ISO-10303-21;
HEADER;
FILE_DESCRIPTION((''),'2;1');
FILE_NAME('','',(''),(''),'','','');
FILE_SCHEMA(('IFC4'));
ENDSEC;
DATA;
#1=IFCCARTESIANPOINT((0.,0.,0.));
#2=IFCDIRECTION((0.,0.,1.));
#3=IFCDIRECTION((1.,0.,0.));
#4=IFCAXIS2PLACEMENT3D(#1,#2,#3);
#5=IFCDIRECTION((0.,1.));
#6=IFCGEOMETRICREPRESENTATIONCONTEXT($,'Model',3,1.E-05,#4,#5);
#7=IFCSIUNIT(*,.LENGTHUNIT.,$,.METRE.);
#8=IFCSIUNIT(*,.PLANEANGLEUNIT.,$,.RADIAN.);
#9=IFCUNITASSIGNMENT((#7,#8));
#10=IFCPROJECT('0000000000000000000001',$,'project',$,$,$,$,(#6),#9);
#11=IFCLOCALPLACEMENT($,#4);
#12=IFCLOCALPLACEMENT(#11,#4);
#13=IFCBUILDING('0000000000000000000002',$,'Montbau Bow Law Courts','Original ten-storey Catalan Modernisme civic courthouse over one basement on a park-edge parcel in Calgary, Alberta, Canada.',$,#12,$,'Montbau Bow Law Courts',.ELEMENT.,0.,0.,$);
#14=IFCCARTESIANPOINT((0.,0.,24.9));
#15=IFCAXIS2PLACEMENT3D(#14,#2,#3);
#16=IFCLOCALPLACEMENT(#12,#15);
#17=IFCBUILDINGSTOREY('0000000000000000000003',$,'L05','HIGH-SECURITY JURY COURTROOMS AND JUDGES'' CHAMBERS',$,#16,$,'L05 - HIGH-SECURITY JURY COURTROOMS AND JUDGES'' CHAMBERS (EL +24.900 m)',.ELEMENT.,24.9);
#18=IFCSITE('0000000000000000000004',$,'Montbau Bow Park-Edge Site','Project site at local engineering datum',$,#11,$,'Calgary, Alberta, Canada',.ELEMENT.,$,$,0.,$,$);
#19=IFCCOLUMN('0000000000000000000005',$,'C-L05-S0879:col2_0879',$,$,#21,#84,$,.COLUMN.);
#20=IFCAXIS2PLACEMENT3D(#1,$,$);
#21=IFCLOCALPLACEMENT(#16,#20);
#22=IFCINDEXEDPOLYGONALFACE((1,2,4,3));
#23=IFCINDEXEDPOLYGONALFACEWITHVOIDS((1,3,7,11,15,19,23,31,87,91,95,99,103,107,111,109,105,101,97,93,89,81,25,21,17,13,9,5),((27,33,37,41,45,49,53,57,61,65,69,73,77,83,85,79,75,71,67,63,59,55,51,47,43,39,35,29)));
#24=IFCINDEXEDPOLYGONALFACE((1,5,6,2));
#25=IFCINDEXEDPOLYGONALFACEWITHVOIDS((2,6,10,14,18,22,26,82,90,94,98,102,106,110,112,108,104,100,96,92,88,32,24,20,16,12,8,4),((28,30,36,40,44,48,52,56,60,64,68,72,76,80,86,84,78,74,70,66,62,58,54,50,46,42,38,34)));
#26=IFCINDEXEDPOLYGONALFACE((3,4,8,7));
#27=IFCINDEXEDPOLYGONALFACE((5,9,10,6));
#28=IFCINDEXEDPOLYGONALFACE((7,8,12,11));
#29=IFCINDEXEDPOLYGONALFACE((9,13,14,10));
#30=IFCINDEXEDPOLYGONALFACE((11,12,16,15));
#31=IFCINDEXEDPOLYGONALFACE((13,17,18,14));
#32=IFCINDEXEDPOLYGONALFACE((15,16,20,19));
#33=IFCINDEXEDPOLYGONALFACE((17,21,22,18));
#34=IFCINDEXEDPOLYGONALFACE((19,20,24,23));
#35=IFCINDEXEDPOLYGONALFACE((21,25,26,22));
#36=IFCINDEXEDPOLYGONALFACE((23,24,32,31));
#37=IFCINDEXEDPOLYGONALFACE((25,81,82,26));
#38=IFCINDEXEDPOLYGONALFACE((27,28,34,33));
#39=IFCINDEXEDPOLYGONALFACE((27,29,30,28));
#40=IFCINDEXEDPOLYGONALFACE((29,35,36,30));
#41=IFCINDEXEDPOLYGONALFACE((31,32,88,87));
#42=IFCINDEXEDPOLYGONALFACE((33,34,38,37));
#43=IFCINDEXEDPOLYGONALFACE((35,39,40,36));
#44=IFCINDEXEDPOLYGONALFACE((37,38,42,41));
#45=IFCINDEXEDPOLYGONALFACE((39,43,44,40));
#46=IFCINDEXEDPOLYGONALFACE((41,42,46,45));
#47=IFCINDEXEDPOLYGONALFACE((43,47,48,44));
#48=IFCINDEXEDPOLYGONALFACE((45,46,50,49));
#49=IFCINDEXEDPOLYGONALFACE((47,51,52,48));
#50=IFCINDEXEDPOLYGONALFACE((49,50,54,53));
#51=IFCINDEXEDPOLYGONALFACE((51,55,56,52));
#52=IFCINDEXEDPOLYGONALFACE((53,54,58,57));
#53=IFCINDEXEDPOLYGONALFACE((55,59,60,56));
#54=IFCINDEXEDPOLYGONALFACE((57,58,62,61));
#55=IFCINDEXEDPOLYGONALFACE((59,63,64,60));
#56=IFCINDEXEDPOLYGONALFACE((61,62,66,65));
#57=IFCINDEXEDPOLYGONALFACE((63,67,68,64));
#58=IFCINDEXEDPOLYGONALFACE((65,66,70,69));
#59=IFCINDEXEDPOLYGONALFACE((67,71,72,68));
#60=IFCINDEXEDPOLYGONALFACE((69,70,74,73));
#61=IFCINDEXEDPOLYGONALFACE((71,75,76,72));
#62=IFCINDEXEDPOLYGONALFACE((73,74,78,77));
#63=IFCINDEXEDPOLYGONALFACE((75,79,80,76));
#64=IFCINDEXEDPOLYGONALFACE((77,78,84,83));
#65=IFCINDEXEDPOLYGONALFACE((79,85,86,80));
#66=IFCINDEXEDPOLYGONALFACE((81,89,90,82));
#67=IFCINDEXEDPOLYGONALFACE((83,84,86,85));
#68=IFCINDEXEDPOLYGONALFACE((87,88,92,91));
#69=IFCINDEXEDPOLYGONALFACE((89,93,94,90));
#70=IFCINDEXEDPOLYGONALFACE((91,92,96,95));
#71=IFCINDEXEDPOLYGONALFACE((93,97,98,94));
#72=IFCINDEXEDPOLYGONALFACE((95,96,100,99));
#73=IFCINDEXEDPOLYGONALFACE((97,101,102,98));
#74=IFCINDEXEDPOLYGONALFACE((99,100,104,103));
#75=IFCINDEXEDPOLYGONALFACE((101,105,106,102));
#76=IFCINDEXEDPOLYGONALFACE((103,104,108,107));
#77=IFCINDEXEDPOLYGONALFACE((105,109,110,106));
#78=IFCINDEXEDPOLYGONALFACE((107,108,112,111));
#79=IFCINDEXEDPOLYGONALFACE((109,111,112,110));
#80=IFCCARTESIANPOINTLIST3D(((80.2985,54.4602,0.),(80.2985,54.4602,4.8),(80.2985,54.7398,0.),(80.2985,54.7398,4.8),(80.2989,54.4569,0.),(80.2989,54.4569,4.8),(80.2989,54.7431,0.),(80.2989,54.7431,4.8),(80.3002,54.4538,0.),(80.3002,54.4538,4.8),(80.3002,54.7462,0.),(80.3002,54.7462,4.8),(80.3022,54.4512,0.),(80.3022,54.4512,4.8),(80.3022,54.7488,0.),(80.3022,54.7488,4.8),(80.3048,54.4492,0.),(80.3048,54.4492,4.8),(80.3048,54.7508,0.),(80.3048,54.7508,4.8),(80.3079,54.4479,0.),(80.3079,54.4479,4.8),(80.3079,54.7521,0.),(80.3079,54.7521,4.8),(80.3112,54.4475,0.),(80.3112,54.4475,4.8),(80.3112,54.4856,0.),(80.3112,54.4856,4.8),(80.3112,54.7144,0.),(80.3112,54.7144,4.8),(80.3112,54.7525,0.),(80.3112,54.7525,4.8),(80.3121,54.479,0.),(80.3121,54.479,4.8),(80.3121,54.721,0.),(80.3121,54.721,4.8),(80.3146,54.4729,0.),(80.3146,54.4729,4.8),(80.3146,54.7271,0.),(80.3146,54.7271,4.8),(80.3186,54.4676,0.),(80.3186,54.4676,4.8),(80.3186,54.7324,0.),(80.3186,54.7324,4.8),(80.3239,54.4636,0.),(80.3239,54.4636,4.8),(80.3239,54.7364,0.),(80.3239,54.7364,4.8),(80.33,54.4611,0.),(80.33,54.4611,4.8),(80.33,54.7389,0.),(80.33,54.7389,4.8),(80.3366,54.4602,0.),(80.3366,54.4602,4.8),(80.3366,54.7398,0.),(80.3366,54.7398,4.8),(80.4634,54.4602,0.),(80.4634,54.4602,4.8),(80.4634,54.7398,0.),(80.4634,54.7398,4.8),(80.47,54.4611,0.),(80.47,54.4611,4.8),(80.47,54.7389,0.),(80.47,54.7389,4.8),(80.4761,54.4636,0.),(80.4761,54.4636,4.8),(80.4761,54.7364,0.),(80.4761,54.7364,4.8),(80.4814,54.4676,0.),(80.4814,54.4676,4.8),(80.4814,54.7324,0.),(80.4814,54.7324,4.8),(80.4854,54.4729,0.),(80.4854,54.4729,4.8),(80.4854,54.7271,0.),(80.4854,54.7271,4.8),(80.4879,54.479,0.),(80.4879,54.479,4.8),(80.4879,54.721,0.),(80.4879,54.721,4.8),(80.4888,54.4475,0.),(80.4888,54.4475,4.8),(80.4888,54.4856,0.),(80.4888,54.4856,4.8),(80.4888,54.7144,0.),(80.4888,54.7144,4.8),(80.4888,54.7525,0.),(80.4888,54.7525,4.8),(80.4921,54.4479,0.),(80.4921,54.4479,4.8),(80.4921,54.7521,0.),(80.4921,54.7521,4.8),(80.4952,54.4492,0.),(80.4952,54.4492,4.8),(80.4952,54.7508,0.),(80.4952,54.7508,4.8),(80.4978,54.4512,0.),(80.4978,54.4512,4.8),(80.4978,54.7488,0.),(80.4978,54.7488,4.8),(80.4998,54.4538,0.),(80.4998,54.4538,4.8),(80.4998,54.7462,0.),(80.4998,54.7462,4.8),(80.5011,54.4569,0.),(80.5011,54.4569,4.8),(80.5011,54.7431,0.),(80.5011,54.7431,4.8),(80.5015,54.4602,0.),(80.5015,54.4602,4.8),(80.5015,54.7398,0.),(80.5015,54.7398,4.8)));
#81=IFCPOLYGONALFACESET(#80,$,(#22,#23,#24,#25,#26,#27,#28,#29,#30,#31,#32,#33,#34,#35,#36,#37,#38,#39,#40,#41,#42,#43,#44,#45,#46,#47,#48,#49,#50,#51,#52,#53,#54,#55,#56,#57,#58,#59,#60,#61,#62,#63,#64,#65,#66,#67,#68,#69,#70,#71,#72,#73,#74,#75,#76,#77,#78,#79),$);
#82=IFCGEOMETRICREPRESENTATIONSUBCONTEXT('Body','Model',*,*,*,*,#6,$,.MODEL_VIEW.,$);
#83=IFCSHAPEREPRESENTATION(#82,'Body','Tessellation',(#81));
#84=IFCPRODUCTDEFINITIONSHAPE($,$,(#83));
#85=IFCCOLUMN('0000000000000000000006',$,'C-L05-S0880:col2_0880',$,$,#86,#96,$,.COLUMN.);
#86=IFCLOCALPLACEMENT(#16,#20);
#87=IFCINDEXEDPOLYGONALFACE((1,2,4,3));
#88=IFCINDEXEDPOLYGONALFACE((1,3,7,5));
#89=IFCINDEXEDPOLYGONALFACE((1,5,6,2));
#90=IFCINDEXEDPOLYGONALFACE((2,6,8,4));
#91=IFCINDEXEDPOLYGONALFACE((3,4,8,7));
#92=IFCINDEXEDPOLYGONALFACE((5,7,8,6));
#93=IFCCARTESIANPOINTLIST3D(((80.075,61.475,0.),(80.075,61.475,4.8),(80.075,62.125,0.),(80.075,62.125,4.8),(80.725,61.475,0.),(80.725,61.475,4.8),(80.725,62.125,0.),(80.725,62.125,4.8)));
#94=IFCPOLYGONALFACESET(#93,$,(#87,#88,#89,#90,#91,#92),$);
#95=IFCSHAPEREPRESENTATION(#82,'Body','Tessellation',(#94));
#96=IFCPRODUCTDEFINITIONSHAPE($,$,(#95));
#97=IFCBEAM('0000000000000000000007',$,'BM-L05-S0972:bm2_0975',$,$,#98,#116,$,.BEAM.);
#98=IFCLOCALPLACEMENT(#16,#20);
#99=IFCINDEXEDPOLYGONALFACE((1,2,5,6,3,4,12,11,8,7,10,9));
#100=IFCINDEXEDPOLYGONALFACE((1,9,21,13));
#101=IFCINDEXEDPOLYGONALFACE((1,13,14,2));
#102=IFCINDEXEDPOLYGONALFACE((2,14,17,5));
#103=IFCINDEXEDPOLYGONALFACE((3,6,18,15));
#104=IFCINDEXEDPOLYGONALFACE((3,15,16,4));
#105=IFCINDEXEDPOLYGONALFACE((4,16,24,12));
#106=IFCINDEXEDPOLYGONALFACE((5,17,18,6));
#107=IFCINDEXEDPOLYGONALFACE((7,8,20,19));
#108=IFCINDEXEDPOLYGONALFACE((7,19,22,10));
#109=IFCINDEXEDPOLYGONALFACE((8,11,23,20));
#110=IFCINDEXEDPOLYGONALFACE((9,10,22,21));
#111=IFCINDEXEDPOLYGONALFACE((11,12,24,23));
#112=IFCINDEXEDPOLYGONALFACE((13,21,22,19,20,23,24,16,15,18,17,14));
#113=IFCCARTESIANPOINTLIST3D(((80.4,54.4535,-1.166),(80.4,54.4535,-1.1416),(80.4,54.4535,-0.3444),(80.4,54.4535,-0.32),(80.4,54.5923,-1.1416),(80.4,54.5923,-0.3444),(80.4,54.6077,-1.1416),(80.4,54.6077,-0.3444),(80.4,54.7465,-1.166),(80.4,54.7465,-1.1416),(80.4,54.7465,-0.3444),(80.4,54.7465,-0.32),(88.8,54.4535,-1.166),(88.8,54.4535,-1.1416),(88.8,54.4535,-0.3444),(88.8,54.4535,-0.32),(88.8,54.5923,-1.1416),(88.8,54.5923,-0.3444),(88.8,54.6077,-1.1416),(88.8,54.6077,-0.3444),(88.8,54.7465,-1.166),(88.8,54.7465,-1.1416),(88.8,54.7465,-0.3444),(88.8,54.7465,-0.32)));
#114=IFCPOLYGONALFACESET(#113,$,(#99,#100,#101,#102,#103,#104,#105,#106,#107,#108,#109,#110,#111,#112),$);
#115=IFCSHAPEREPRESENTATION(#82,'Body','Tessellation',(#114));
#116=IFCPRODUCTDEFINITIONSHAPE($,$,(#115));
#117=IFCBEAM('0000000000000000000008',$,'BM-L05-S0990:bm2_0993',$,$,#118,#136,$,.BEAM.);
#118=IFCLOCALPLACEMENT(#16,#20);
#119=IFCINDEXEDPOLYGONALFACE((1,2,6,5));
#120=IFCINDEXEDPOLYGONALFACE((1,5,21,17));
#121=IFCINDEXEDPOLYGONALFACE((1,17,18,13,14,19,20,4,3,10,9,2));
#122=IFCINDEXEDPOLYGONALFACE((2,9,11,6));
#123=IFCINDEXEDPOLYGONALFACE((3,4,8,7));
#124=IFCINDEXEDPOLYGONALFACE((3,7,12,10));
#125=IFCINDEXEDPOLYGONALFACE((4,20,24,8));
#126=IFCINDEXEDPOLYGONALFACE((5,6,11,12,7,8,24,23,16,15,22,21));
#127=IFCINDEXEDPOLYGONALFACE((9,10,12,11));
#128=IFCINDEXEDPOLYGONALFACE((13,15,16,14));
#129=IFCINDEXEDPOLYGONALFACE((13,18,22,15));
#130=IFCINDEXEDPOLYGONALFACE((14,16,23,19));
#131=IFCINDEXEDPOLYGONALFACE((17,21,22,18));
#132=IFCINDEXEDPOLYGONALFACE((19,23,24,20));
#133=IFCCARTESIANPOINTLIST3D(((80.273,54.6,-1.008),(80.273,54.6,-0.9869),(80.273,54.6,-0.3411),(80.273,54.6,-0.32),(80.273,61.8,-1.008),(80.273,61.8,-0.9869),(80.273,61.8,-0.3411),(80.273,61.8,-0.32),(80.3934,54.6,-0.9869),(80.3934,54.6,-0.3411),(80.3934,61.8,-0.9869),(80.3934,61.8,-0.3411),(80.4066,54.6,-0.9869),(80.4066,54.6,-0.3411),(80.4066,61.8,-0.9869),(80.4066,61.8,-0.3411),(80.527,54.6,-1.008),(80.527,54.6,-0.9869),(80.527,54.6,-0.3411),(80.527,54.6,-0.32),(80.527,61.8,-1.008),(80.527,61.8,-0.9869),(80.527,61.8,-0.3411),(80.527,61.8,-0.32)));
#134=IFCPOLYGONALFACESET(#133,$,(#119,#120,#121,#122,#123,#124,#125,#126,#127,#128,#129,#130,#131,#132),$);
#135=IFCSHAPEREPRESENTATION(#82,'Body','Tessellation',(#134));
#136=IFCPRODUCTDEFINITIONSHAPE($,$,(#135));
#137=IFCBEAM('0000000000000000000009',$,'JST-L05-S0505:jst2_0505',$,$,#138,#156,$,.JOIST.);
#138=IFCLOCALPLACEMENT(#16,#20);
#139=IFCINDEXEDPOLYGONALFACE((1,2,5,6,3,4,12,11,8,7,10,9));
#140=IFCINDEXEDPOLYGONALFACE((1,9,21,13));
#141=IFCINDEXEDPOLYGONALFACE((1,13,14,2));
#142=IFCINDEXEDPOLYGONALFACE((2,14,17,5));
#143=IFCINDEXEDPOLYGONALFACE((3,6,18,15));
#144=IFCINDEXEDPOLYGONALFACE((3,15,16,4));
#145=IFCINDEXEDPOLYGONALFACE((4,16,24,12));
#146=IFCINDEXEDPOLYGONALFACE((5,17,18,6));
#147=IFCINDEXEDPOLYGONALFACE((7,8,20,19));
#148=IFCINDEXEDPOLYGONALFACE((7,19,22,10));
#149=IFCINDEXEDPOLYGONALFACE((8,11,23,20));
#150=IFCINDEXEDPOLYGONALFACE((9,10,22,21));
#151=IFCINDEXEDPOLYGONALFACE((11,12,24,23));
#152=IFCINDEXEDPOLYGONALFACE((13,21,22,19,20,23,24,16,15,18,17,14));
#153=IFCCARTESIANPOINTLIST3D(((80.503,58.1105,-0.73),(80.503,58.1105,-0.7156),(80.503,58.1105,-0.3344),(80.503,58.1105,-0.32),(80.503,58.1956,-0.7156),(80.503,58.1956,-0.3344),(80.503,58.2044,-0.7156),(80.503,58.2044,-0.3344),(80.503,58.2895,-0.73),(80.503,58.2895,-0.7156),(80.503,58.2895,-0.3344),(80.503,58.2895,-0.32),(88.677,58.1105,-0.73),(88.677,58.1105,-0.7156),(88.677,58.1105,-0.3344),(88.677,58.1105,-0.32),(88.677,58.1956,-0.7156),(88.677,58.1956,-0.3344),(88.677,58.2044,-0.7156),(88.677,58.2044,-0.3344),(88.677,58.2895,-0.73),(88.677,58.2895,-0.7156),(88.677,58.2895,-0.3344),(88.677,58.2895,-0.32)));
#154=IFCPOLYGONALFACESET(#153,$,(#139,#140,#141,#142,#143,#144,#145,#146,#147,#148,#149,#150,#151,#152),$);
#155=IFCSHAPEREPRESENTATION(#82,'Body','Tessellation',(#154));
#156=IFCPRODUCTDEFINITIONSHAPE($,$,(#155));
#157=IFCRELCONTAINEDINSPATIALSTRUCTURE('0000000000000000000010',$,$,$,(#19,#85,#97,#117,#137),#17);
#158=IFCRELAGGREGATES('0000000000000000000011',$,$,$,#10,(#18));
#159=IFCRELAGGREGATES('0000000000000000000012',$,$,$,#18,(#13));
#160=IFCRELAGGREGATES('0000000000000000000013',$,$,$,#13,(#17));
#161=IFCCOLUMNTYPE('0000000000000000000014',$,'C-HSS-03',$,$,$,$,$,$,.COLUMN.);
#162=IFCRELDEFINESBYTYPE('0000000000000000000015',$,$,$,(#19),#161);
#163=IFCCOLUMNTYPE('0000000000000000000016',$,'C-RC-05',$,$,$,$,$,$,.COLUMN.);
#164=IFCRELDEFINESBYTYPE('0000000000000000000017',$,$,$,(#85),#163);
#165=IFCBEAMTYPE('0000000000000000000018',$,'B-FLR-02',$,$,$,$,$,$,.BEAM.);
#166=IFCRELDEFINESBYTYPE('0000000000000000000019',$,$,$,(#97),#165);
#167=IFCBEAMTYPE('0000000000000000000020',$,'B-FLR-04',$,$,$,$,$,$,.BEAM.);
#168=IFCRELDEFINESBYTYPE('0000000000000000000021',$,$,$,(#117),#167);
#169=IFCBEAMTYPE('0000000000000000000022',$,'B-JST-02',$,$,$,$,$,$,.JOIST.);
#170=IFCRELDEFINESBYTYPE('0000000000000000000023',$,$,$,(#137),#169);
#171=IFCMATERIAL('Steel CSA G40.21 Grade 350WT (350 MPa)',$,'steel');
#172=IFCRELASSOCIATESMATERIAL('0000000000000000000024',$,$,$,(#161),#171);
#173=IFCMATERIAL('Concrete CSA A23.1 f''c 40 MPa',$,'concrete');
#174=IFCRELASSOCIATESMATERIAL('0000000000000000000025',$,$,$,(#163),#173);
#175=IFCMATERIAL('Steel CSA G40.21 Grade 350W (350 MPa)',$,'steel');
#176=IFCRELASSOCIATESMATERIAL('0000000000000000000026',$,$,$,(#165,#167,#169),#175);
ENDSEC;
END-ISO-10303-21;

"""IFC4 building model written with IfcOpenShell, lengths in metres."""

from ifc_helpers import new_model, si_unit, direction, frame, origin_with_axes, origin_2d_with_axis, place, context, subcontext, project, spatial, rectangle, hollow_rectangle, i_section, extrude, material, material_profile, profile_set, type_object, element, save


model = new_model("IFC4")

# Units and contexts
model_context = context("Model", 3, precision=1e-05, world=origin_with_axes(), true_north=direction((0.0, 1.0)))
body_context = subcontext(model_context, "Body", "Model", "MODEL_VIEW")
ifc_project = project(units=[si_unit("LENGTHUNIT", "METRE"), si_unit("PLANEANGLEUNIT", "RADIAN")], contexts=[model_context])

# Site, building, storey
site_placement = place(None, origin_with_axes())
site = spatial("IfcSite", under=ifc_project, at=site_placement, Name="Montbau Bow Park-Edge Site", Description="Project site at local engineering datum", LongName="Calgary, Alberta, Canada", CompositionType="ELEMENT", RefElevation=0.0)
building_placement = place(site_placement, origin_with_axes())
building = spatial("IfcBuilding", under=site, at=building_placement, Name="Montbau Bow Law Courts", Description="Original ten-storey Catalan Modernisme civic courthouse over one basement on a park-edge parcel in Calgary, Alberta, Canada.", LongName="Montbau Bow Law Courts", CompositionType="ELEMENT", ElevationOfRefHeight=0.0, ElevationOfTerrain=0.0)
storey_placement = place(building_placement, frame((0.0, 0.0, 24.9), z_axis=(0.0, 0.0, 1.0), x_axis=(1.0, 0.0, 0.0)))
storey = spatial("IfcBuildingStorey", under=building, at=storey_placement, Name="L05", Description="HIGH-SECURITY JURY COURTROOMS AND JUDGES' CHAMBERS", LongName="L05 - HIGH-SECURITY JURY COURTROOMS AND JUDGES' CHAMBERS (EL +24.900 m)", CompositionType="ELEMENT", Elevation=24.9)

# Columns
ifc_material_1 = material(Name="Steel CSA G40.21 Grade 350WT (350 MPa)", Category="steel")
ifc_material_profile_1 = material_profile(ifc_material_1, hollow_rectangle(XDim=0.203, YDim=0.305, WallThickness=0.0127, InnerFilletRadius=0.0254, OuterFilletRadius=0.0127, at=origin_2d_with_axis()), Name="HSS305X203X13", Category="Main", Priority=0)
ifc_profile_set_1 = profile_set([ifc_material_profile_1], Name="Steel CSA G40.21 Grade 350WT (350 MPa)")
column_type_1 = type_object("IfcColumnType", Name="C-HSS-03", PredefinedType="COLUMN", material=ifc_profile_set_1)
column_1_placement = place(None, frame((80.4, 54.6, 24.9), z_axis=(0.0, 0.0, 1.0), x_axis=(1.0, 0.0, 0.0)))
element("IfcColumn", 1, at=column_1_placement, inside=storey, type_object=column_type_1, Name="C-L05-S0879:col2_0879", PredefinedType="COLUMN", context=body_context, shape_type="SweptSolid", body=[
    extrude(hollow_rectangle(XDim=0.203, YDim=0.305, WallThickness=0.0127, InnerFilletRadius=0.0254, OuterFilletRadius=0.0127, at=origin_2d_with_axis()), origin_with_axes(), (0.0, 0.0, 1.0), 4.8),
])
ifc_material_2 = material(Name="Concrete CSA A23.1 f'c 40 MPa", Category="concrete")
ifc_material_profile_2 = material_profile(ifc_material_2, rectangle(XDim=0.65, YDim=0.65, at=origin_2d_with_axis()), Name="RC650X650", Category="Main", Priority=0)
ifc_profile_set_2 = profile_set([ifc_material_profile_2], Name="Concrete CSA A23.1 f'c 40 MPa")
column_type_2 = type_object("IfcColumnType", Name="C-RC-05", PredefinedType="COLUMN", material=ifc_profile_set_2)
column_2_placement = place(None, frame((80.4, 61.8, 24.9), z_axis=(0.0, 0.0, 1.0), x_axis=(1.0, 0.0, 0.0)))
element("IfcColumn", 2, at=column_2_placement, inside=storey, type_object=column_type_2, Name="C-L05-S0880:col2_0880", PredefinedType="COLUMN", context=body_context, shape_type="SweptSolid", body=[
    extrude(rectangle(XDim=0.65, YDim=0.65, at=origin_2d_with_axis()), origin_with_axes(), (0.0, 0.0, 1.0), 4.8),
])

# Beams
ifc_material_3 = material(Name="Steel CSA G40.21 Grade 350W (350 MPa)", Category="steel")
ifc_material_profile_3 = material_profile(ifc_material_3, i_section(OverallWidth=0.293, OverallDepth=0.846, WebThickness=0.0154, FlangeThickness=0.0244, at=origin_2d_with_axis()), Name="W840X210", Category="Main", Priority=0)
ifc_profile_set_3 = profile_set([ifc_material_profile_3], Name="Steel CSA G40.21 Grade 350W (350 MPa)")
beam_type_1 = type_object("IfcBeamType", Name="B-FLR-02", PredefinedType="BEAM", material=ifc_profile_set_3)
beam_1_placement = place(None, frame((80.4, 54.6, 24.157), z_axis=(1.0, 0.0, 0.0), x_axis=(0.0, 1.0, 0.0)))
element("IfcBeam", 3, at=beam_1_placement, inside=storey, type_object=beam_type_1, Name="BM-L05-S0972:bm2_0975", PredefinedType="BEAM", context=body_context, shape_type="SweptSolid", body=[
    extrude(i_section(OverallWidth=0.293, OverallDepth=0.846, WebThickness=0.0154, FlangeThickness=0.0244, at=origin_2d_with_axis()), origin_with_axes(), (0.0, 0.0, 1.0), 8.4),
])
ifc_material_profile_4 = material_profile(ifc_material_3, i_section(OverallWidth=0.254, OverallDepth=0.688, WebThickness=0.0131, FlangeThickness=0.0211, at=origin_2d_with_axis()), Name="W690X152", Category="Main", Priority=0)
ifc_profile_set_4 = profile_set([ifc_material_profile_4], Name="Steel CSA G40.21 Grade 350W (350 MPa)")
beam_type_2 = type_object("IfcBeamType", Name="B-FLR-04", PredefinedType="BEAM", material=ifc_profile_set_4)
beam_2_placement = place(None, frame((80.4, 54.6, 24.236), z_axis=(0.0, 1.0, 0.0), x_axis=(-1.0, 0.0, 0.0)))
element("IfcBeam", 4, at=beam_2_placement, inside=storey, type_object=beam_type_2, Name="BM-L05-S0990:bm2_0993", PredefinedType="BEAM", context=body_context, shape_type="SweptSolid", body=[
    extrude(i_section(OverallWidth=0.254, OverallDepth=0.688, WebThickness=0.0131, FlangeThickness=0.0211, at=origin_2d_with_axis()), origin_with_axes(), (0.0, 0.0, 1.0), 7.2),
])
ifc_material_profile_5 = material_profile(ifc_material_3, i_section(OverallWidth=0.179, OverallDepth=0.41, WebThickness=0.0088, FlangeThickness=0.0144, at=origin_2d_with_axis()), Name="W410X67", Category="Main", Priority=0)
ifc_profile_set_5 = profile_set([ifc_material_profile_5], Name="Steel CSA G40.21 Grade 350W (350 MPa)")
beam_type_3 = type_object("IfcBeamType", Name="B-JST-02", PredefinedType="JOIST", material=ifc_profile_set_5)
beam_3_placement = place(None, frame((80.503, 58.2, 24.375), z_axis=(1.0, 0.0, 0.0), x_axis=(0.0, 1.0, 0.0)))
element("IfcBeam", 5, at=beam_3_placement, inside=storey, type_object=beam_type_3, Name="JST-L05-S0505:jst2_0505", PredefinedType="JOIST", context=body_context, shape_type="SweptSolid", body=[
    extrude(i_section(OverallWidth=0.179, OverallDepth=0.41, WebThickness=0.0088, FlangeThickness=0.0144, at=origin_2d_with_axis()), origin_with_axes(), (0.0, 0.0, 1.0), 8.174),
])

save(model, "model.ifc")
